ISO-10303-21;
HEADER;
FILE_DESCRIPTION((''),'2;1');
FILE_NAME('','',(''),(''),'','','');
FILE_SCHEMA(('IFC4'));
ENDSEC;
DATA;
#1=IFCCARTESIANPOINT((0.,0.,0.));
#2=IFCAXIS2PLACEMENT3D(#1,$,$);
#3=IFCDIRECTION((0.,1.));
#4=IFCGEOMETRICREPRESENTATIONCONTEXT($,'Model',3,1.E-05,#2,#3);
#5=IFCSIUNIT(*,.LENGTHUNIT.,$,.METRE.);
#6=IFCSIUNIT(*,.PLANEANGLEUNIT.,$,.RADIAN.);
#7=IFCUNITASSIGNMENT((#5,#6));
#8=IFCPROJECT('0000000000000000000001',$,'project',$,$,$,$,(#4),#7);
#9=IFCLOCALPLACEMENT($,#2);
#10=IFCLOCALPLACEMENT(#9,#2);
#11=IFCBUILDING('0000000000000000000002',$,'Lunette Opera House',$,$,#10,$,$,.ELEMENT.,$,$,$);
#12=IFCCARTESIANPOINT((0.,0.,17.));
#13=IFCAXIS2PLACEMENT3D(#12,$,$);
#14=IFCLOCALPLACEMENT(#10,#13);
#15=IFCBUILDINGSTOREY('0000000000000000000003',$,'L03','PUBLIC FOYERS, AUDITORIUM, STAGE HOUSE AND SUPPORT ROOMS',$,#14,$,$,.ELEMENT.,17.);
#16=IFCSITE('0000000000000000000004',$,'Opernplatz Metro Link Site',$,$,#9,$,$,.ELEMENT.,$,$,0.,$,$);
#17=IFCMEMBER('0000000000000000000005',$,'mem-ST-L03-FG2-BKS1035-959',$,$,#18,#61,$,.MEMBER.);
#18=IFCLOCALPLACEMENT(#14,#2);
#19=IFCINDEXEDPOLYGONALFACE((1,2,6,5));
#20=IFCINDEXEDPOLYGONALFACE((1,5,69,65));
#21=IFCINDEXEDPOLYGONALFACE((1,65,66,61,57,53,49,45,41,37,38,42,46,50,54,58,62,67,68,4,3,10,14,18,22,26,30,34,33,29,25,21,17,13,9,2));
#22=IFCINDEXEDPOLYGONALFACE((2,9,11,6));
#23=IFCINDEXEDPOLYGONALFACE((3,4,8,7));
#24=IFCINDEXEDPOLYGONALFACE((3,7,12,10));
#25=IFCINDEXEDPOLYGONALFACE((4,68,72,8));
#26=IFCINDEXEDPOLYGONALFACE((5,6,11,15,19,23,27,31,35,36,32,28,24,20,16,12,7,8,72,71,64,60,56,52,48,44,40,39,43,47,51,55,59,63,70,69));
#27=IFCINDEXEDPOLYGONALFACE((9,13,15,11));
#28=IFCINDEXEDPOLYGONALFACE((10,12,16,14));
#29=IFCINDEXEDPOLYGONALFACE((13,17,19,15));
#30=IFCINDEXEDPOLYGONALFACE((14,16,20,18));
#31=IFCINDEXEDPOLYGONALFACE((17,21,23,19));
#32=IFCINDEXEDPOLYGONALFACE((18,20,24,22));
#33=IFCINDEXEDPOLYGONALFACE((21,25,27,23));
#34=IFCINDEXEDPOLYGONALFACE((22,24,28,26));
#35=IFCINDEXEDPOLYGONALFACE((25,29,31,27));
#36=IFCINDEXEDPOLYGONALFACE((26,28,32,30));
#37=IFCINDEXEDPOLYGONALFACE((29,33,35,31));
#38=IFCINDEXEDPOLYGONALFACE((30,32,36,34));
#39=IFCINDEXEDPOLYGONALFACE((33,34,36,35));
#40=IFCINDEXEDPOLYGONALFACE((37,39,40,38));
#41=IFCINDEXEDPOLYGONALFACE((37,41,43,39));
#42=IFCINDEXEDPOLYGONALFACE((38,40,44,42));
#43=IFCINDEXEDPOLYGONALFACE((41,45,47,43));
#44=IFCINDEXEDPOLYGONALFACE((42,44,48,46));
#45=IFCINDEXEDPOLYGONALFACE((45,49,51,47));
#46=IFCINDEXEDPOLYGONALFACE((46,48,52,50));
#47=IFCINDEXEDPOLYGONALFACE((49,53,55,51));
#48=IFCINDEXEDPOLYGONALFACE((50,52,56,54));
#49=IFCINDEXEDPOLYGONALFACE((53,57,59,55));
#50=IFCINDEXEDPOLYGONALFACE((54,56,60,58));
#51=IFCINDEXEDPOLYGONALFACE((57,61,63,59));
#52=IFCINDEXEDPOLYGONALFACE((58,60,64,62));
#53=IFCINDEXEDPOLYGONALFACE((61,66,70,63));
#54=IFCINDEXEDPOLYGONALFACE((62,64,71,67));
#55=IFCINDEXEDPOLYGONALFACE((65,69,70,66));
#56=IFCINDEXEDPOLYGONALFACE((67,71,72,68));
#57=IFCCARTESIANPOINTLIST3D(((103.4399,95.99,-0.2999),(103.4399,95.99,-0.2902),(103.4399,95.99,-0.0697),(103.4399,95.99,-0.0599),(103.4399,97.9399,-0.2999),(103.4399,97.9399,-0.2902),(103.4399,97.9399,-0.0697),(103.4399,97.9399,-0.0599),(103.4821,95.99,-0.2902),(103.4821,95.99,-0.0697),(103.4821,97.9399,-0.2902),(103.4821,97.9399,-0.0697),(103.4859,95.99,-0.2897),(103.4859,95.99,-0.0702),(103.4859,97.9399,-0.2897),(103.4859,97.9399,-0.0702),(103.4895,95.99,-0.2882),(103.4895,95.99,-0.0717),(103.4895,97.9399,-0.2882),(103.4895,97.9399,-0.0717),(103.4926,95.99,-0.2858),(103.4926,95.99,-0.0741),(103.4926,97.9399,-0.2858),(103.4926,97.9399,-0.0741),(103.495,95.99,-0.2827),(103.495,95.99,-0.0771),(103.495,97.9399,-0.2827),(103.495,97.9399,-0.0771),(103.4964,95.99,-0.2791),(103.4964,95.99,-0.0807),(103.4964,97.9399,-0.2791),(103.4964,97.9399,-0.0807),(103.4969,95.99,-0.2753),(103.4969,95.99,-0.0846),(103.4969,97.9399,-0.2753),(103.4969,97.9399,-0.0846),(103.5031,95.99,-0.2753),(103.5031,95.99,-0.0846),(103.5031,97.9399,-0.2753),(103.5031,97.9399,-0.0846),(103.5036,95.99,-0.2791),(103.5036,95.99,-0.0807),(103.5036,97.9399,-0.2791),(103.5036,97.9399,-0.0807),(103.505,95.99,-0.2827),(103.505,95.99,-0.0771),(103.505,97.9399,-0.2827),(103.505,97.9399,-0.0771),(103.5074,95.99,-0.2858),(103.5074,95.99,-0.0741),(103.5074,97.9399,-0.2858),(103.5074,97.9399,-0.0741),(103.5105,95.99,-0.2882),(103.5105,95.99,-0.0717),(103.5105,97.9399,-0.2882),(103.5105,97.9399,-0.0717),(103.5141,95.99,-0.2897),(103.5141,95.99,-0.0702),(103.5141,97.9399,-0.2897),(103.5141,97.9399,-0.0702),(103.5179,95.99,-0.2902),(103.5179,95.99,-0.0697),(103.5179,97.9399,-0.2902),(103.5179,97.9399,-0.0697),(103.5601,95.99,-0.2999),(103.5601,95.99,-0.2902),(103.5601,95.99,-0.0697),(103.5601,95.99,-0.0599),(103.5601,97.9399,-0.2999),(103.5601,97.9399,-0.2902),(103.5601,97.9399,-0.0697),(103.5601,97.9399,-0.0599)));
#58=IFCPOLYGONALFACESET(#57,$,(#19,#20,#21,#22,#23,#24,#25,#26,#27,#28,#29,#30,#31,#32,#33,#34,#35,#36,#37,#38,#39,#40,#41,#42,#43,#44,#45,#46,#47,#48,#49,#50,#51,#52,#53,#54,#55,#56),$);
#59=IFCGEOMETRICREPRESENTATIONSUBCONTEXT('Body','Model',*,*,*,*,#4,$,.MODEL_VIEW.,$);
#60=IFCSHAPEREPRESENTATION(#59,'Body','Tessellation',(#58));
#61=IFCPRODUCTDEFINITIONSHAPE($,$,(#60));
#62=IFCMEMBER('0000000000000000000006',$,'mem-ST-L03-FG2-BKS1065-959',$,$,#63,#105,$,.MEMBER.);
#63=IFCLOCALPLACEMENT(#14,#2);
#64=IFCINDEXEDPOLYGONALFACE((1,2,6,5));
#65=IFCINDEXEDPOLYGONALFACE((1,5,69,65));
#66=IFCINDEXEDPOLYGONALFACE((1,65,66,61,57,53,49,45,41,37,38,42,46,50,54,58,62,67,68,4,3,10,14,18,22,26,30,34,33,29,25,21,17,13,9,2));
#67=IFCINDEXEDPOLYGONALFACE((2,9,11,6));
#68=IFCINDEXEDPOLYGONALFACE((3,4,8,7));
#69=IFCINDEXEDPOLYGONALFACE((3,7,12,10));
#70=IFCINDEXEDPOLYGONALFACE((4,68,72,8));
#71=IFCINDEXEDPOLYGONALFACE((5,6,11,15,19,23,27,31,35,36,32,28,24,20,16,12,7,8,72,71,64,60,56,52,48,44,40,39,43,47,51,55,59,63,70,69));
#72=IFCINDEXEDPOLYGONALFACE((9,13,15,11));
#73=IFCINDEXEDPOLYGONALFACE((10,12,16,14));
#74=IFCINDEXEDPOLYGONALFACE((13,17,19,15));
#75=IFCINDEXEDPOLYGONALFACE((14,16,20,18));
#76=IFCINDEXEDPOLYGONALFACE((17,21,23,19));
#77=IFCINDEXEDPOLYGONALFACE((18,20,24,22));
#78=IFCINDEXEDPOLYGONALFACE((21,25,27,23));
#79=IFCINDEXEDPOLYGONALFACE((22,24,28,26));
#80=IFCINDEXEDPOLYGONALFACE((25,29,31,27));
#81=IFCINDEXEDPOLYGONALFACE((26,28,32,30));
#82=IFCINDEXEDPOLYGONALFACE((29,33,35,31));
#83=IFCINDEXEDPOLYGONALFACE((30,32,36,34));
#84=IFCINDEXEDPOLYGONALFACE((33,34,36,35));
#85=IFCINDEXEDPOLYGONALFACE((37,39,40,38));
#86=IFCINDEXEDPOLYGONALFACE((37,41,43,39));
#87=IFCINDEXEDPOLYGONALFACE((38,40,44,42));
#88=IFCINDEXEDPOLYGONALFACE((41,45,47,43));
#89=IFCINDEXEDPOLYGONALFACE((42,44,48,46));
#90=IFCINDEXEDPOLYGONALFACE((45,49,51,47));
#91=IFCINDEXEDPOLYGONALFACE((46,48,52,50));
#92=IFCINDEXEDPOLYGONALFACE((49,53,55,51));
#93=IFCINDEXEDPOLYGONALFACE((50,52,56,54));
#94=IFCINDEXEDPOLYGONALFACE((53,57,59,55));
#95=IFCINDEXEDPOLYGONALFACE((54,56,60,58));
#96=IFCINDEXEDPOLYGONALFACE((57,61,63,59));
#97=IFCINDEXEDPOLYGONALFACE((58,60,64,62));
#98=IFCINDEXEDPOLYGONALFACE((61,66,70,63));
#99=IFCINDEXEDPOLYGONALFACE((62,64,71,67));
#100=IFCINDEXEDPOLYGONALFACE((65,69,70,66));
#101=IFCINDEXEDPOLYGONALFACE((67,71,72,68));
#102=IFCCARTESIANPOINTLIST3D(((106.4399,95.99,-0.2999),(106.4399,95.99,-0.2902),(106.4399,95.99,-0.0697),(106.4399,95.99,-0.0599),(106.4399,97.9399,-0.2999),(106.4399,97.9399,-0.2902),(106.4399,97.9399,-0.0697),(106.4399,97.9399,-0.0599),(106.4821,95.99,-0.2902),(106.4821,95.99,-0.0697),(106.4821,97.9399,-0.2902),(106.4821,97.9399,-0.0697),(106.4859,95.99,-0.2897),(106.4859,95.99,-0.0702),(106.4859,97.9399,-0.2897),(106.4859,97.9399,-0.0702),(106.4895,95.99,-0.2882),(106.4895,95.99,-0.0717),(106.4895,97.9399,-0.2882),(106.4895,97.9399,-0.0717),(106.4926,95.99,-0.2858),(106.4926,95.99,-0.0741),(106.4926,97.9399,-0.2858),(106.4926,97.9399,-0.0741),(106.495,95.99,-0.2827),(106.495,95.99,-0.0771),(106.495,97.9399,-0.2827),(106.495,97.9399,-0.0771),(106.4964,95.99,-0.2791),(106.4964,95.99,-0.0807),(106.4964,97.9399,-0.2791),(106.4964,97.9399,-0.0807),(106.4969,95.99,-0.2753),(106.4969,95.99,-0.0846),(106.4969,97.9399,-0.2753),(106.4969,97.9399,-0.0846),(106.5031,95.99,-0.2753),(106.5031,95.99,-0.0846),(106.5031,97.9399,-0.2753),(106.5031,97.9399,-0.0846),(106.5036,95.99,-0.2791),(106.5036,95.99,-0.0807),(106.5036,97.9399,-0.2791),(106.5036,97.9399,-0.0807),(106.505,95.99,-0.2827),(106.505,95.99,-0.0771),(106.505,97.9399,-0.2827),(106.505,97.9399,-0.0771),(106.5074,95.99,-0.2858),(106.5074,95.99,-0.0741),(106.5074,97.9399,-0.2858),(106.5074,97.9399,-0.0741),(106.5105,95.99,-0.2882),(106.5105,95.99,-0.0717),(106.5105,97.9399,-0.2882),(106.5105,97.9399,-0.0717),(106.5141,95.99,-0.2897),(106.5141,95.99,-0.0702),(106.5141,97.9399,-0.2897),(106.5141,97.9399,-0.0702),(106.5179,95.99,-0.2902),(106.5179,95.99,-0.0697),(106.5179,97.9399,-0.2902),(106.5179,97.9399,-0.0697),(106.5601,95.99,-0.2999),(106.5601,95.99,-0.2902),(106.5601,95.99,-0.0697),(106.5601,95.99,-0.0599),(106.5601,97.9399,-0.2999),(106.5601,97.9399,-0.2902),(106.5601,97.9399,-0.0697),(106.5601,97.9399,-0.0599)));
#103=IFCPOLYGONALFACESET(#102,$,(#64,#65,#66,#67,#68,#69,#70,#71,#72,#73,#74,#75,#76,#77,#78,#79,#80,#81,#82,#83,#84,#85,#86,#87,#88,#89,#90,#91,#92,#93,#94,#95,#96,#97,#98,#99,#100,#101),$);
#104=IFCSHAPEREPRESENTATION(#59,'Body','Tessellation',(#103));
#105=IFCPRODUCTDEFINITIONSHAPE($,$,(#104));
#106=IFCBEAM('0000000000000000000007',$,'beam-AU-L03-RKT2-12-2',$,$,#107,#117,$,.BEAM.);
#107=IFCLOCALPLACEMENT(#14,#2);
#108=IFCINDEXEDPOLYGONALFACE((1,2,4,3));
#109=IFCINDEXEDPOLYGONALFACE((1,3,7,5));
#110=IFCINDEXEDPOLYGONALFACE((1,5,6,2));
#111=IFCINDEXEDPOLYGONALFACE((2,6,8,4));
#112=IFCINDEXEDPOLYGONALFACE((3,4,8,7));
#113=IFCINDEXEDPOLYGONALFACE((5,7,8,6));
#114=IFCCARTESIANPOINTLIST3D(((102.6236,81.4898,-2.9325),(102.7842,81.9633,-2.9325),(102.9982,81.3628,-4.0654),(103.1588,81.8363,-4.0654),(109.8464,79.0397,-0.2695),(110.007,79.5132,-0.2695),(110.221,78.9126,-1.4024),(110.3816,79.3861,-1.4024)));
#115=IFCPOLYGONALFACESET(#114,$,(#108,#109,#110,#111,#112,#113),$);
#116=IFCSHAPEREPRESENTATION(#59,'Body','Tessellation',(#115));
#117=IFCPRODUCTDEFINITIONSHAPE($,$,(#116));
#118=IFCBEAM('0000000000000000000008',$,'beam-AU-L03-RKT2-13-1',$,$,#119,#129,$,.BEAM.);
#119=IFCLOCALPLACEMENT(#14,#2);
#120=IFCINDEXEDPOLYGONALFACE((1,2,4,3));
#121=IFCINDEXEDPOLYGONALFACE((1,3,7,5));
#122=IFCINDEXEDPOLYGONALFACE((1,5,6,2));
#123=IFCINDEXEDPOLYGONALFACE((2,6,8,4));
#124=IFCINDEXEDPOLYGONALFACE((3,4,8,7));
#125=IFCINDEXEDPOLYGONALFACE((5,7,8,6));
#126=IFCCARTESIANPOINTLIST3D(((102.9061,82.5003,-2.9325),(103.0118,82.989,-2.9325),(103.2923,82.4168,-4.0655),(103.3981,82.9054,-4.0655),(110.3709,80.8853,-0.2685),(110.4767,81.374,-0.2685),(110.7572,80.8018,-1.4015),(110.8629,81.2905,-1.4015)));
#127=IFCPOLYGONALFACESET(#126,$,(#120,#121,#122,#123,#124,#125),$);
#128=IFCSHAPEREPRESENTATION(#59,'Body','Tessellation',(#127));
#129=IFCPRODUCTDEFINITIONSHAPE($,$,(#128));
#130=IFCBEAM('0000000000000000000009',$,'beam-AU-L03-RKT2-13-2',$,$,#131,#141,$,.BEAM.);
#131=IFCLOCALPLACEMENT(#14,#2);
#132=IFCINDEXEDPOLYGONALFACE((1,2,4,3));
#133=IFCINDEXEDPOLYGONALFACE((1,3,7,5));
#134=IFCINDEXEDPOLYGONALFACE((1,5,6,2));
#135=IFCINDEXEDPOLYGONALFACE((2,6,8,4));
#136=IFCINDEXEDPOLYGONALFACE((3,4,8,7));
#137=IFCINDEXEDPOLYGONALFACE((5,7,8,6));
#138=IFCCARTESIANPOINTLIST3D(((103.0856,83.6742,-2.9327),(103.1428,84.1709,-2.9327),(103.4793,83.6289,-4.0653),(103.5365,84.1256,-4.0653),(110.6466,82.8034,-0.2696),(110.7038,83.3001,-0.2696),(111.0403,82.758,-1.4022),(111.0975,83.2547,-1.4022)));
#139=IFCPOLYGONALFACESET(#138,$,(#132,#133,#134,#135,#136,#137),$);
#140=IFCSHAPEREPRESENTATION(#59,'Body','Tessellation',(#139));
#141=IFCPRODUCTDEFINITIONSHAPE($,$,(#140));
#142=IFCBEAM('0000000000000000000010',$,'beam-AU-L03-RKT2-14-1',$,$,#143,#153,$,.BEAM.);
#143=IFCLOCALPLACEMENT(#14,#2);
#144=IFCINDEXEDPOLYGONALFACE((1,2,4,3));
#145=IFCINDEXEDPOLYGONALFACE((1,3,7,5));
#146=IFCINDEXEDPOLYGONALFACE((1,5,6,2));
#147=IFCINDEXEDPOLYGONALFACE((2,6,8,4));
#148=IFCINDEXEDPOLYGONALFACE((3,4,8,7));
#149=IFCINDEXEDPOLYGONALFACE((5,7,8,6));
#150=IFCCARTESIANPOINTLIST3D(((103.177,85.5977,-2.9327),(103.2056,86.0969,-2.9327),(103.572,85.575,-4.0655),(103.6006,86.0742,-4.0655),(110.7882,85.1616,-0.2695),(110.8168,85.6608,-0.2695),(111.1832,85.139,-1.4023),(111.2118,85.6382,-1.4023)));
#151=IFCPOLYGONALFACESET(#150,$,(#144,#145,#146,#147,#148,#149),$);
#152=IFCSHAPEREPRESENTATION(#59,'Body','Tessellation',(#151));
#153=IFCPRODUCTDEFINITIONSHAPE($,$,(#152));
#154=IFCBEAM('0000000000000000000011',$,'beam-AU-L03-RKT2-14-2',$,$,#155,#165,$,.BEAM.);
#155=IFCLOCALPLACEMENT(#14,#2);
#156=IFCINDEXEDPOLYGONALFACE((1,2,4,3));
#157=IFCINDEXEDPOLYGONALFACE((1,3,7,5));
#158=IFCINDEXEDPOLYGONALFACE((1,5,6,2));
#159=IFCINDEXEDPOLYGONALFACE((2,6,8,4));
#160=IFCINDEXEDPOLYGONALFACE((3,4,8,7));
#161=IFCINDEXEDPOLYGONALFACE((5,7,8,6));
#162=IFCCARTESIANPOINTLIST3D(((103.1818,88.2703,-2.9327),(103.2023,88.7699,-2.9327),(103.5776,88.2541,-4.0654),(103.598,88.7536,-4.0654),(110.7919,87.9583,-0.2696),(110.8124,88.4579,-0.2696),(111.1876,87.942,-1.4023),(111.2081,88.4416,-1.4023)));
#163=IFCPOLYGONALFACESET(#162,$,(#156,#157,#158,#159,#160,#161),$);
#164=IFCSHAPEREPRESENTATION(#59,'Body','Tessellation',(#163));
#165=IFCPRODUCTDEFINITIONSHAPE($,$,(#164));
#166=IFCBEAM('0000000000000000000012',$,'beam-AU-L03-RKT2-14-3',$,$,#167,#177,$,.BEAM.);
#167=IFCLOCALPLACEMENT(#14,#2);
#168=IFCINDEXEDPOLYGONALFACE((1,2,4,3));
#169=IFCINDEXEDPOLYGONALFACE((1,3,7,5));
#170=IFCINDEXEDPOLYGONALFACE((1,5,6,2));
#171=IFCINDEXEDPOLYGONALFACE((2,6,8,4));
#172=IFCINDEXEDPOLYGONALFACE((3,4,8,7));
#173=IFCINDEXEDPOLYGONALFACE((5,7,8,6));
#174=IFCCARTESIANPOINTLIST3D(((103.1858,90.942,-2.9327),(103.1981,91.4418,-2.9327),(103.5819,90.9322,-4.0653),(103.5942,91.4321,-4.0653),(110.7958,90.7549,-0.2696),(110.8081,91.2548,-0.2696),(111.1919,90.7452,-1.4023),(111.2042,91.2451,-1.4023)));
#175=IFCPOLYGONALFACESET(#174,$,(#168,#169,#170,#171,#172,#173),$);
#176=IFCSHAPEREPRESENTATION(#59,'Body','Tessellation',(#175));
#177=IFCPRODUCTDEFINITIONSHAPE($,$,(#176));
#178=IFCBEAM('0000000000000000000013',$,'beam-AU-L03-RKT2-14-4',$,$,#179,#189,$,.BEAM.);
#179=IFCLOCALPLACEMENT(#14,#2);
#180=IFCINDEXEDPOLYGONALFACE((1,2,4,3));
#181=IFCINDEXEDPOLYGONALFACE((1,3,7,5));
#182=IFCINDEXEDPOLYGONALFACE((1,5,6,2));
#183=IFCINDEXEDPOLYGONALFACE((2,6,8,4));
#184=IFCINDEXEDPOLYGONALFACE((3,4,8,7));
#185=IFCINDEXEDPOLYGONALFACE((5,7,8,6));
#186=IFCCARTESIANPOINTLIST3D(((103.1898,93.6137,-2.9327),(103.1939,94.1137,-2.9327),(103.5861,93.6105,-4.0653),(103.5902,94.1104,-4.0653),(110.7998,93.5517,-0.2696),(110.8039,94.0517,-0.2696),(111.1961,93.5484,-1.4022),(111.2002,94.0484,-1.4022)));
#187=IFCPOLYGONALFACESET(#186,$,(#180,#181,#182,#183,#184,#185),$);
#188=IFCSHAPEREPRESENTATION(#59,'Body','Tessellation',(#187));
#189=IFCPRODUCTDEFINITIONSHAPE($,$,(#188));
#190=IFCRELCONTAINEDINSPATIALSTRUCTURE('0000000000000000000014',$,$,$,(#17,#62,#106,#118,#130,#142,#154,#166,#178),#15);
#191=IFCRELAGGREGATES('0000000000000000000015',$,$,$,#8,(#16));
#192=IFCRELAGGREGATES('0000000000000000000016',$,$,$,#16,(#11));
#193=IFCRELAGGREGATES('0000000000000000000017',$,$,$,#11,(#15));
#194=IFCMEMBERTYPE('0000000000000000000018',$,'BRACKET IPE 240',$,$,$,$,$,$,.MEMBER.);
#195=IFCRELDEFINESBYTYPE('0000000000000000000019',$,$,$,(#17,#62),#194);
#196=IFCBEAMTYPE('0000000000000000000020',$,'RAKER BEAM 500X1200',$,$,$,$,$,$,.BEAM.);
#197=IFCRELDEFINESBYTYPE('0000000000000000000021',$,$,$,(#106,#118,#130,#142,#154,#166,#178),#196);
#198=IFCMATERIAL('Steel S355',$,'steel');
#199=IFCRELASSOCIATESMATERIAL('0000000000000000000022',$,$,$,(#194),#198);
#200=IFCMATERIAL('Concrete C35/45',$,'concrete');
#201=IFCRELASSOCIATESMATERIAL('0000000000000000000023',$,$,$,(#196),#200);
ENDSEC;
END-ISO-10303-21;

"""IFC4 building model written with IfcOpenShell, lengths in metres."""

from ifc_helpers import new_model, si_unit, direction, frame, origin, origin_2d, place, context, subcontext, project, spatial, rectangle, i_section, extrude, material, material_profile, profile_set, type_object, element, save


model = new_model("IFC4")

# Units and contexts
model_context = context("Model", 3, precision=1e-05, world=origin(), true_north=direction((0.0, 1.0)))
body_context = subcontext(model_context, "Body", "Model", "MODEL_VIEW")
ifc_project = project(units=[si_unit("LENGTHUNIT", "METRE"), si_unit("PLANEANGLEUNIT", "RADIAN")], contexts=[model_context])

# Site, building, storey
site_placement = place(None, origin())
site = spatial("IfcSite", under=ifc_project, at=site_placement, Name="Opernplatz Metro Link Site", CompositionType="ELEMENT", RefElevation=0.0)
building_placement = place(site_placement, origin())
building = spatial("IfcBuilding", under=site, at=building_placement, Name="Lunette Opera House", CompositionType="ELEMENT")
storey_placement = place(building_placement, frame((0.0, 0.0, 17.0)))
storey = spatial("IfcBuildingStorey", under=building, at=storey_placement, Name="L03", Description="PUBLIC FOYERS, AUDITORIUM, STAGE HOUSE AND SUPPORT ROOMS", CompositionType="ELEMENT", Elevation=17.0)

# Members
ifc_material_1 = material(Name="Steel S355", Category="steel")
ifc_material_profile_1 = material_profile(ifc_material_1, i_section(OverallWidth=0.1201, OverallDepth=0.24, WebThickness=0.0061, FlangeThickness=0.0098, FilletRadius=0.0149, at=origin_2d()), Name="IPE 240")
ifc_profile_set_1 = profile_set([ifc_material_profile_1], Name="Steel S355")
member_type = type_object("IfcMemberType", Name="BRACKET IPE 240", PredefinedType="MEMBER", material=ifc_profile_set_1)
for number, where, z_axis, x_axis, name in (
    (1, (103.5, 95.99, -0.1799), (0.0, 1.0, 0.0), (-1.0, 0.0, 0.0), "mem-ST-L03-FG2-BKS1035-959"),
    (2, (106.5, 95.99, -0.1799), (0.0, 1.0, 0.0), (-1.0, 0.0, 0.0), "mem-ST-L03-FG2-BKS1065-959"),
):
    element("IfcMember", number, at=place(storey_placement, frame(where, z_axis=z_axis, x_axis=x_axis)), inside=storey, type_object=member_type, Name=name, PredefinedType="MEMBER", context=body_context, shape_type="SweptSolid", body=[
        extrude(i_section(OverallWidth=0.1201, OverallDepth=0.24, WebThickness=0.0061, FlangeThickness=0.0098, FilletRadius=0.0149, at=origin_2d()), origin(), (0.0, 0.0, 1.0), 1.95),
    ])

# Beams
ifc_material_2 = material(Name="Concrete C35/45", Category="concrete")
ifc_material_profile_2 = material_profile(ifc_material_2, rectangle(XDim=0.5, YDim=1.2, at=origin_2d()), Name="RAKER BEAM 500X1200")
ifc_profile_set_2 = profile_set([ifc_material_profile_2], Name="Concrete C35/45")
beam_type_1 = type_object("IfcBeamType", Name="RAKER BEAM 500X1200", PredefinedType="BEAM", material=ifc_profile_set_2)
beam_1_placement = place(storey_placement, frame((110.114, 79.2129, -0.8359), z_axis=(-0.894065, 0.30329, -0.329642), x_axis=(-0.321246, -0.946996, 0.0)))
element("IfcBeam", 3, at=beam_1_placement, inside=storey, type_object=beam_type_1, Name="beam-AU-L03-RKT2-12-2", PredefinedType="BEAM", context=body_context, shape_type="SweptSolid", body=[
    extrude(rectangle(XDim=0.5, YDim=1.2, at=origin_2d()), origin(), (0.0, 0.0, 1.0), 8.0786),
])
beam_2_placement = place(storey_placement, frame((110.6169, 81.0879, -0.835), z_axis=(-0.922857, 0.199657, -0.32935), x_axis=(-0.211454, -0.977388, 0.0)))
element("IfcBeam", 4, at=beam_2_placement, inside=storey, type_object=beam_type_1, Name="beam-AU-L03-RKT2-13-1", PredefinedType="BEAM", context=body_context, shape_type="SweptSolid", body=[
    extrude(rectangle(XDim=0.5, YDim=1.2, at=origin_2d()), origin(), (0.0, 0.0, 1.0), 8.0889),
])
beam_3_placement = place(storey_placement, frame((110.8721, 83.0291, -0.8359), z_axis=(-0.937689, 0.107999, -0.330265), x_axis=(-0.11442, -0.993433, 0.0)))
element("IfcBeam", 5, at=beam_3_placement, inside=storey, type_object=beam_type_1, Name="beam-AU-L03-RKT2-13-2", PredefinedType="BEAM", context=body_context, shape_type="SweptSolid", body=[
    extrude(rectangle(XDim=0.5, YDim=1.2, at=origin_2d()), origin(), (0.0, 0.0, 1.0), 8.0635),
])
beam_4_placement = place(storey_placement, frame((111.0, 85.3999, -0.8359), z_axis=(-0.942512, 0.053996, -0.329781), x_axis=(-0.057196, -0.998363, 0.0)))
element("IfcBeam", 6, at=beam_4_placement, inside=storey, type_object=beam_type_1, Name="beam-AU-L03-RKT2-14-1", PredefinedType="BEAM", context=body_context, shape_type="SweptSolid", body=[
    extrude(rectangle(XDim=0.5, YDim=1.2, at=origin_2d()), origin(), (0.0, 0.0, 1.0), 8.0754),
])
beam_5_placement = place(storey_placement, frame((111.0, 88.2, -0.8359), z_axis=(-0.94317, 0.03867, -0.330053), x_axis=(-0.040965, -0.999161, 0.0)))
element("IfcBeam", 7, at=beam_5_placement, inside=storey, type_object=beam_type_1, Name="beam-AU-L03-RKT2-14-2", PredefinedType="BEAM", context=body_context, shape_type="SweptSolid", body=[
    extrude(rectangle(XDim=0.5, YDim=1.2, at=origin_2d()), origin(), (0.0, 0.0, 1.0), 8.0686),
])
beam_6_placement = place(storey_placement, frame((111.0, 91.0, -0.8359), z_axis=(-0.943622, 0.023189, -0.330212), x_axis=(-0.024567, -0.999698, 0.0)))
element("IfcBeam", 8, at=beam_6_placement, inside=storey, type_object=beam_type_1, Name="beam-AU-L03-RKT2-14-3", PredefinedType="BEAM", context=body_context, shape_type="SweptSolid", body=[
    extrude(rectangle(XDim=0.5, YDim=1.2, at=origin_2d()), origin(), (0.0, 0.0, 1.0), 8.0647),
])
beam_7_placement = place(storey_placement, frame((111.0, 93.8, -0.8359), z_axis=(-0.943848, 0.007691, -0.330291), x_axis=(-0.008148, -0.999967, 0.0)))
element("IfcBeam", 9, at=beam_7_placement, inside=storey, type_object=beam_type_1, Name="beam-AU-L03-RKT2-14-4", PredefinedType="BEAM", context=body_context, shape_type="SweptSolid", body=[
    extrude(rectangle(XDim=0.5, YDim=1.2, at=origin_2d()), origin(), (0.0, 0.0, 1.0), 8.0627),
])

save(model, "model.ifc")
